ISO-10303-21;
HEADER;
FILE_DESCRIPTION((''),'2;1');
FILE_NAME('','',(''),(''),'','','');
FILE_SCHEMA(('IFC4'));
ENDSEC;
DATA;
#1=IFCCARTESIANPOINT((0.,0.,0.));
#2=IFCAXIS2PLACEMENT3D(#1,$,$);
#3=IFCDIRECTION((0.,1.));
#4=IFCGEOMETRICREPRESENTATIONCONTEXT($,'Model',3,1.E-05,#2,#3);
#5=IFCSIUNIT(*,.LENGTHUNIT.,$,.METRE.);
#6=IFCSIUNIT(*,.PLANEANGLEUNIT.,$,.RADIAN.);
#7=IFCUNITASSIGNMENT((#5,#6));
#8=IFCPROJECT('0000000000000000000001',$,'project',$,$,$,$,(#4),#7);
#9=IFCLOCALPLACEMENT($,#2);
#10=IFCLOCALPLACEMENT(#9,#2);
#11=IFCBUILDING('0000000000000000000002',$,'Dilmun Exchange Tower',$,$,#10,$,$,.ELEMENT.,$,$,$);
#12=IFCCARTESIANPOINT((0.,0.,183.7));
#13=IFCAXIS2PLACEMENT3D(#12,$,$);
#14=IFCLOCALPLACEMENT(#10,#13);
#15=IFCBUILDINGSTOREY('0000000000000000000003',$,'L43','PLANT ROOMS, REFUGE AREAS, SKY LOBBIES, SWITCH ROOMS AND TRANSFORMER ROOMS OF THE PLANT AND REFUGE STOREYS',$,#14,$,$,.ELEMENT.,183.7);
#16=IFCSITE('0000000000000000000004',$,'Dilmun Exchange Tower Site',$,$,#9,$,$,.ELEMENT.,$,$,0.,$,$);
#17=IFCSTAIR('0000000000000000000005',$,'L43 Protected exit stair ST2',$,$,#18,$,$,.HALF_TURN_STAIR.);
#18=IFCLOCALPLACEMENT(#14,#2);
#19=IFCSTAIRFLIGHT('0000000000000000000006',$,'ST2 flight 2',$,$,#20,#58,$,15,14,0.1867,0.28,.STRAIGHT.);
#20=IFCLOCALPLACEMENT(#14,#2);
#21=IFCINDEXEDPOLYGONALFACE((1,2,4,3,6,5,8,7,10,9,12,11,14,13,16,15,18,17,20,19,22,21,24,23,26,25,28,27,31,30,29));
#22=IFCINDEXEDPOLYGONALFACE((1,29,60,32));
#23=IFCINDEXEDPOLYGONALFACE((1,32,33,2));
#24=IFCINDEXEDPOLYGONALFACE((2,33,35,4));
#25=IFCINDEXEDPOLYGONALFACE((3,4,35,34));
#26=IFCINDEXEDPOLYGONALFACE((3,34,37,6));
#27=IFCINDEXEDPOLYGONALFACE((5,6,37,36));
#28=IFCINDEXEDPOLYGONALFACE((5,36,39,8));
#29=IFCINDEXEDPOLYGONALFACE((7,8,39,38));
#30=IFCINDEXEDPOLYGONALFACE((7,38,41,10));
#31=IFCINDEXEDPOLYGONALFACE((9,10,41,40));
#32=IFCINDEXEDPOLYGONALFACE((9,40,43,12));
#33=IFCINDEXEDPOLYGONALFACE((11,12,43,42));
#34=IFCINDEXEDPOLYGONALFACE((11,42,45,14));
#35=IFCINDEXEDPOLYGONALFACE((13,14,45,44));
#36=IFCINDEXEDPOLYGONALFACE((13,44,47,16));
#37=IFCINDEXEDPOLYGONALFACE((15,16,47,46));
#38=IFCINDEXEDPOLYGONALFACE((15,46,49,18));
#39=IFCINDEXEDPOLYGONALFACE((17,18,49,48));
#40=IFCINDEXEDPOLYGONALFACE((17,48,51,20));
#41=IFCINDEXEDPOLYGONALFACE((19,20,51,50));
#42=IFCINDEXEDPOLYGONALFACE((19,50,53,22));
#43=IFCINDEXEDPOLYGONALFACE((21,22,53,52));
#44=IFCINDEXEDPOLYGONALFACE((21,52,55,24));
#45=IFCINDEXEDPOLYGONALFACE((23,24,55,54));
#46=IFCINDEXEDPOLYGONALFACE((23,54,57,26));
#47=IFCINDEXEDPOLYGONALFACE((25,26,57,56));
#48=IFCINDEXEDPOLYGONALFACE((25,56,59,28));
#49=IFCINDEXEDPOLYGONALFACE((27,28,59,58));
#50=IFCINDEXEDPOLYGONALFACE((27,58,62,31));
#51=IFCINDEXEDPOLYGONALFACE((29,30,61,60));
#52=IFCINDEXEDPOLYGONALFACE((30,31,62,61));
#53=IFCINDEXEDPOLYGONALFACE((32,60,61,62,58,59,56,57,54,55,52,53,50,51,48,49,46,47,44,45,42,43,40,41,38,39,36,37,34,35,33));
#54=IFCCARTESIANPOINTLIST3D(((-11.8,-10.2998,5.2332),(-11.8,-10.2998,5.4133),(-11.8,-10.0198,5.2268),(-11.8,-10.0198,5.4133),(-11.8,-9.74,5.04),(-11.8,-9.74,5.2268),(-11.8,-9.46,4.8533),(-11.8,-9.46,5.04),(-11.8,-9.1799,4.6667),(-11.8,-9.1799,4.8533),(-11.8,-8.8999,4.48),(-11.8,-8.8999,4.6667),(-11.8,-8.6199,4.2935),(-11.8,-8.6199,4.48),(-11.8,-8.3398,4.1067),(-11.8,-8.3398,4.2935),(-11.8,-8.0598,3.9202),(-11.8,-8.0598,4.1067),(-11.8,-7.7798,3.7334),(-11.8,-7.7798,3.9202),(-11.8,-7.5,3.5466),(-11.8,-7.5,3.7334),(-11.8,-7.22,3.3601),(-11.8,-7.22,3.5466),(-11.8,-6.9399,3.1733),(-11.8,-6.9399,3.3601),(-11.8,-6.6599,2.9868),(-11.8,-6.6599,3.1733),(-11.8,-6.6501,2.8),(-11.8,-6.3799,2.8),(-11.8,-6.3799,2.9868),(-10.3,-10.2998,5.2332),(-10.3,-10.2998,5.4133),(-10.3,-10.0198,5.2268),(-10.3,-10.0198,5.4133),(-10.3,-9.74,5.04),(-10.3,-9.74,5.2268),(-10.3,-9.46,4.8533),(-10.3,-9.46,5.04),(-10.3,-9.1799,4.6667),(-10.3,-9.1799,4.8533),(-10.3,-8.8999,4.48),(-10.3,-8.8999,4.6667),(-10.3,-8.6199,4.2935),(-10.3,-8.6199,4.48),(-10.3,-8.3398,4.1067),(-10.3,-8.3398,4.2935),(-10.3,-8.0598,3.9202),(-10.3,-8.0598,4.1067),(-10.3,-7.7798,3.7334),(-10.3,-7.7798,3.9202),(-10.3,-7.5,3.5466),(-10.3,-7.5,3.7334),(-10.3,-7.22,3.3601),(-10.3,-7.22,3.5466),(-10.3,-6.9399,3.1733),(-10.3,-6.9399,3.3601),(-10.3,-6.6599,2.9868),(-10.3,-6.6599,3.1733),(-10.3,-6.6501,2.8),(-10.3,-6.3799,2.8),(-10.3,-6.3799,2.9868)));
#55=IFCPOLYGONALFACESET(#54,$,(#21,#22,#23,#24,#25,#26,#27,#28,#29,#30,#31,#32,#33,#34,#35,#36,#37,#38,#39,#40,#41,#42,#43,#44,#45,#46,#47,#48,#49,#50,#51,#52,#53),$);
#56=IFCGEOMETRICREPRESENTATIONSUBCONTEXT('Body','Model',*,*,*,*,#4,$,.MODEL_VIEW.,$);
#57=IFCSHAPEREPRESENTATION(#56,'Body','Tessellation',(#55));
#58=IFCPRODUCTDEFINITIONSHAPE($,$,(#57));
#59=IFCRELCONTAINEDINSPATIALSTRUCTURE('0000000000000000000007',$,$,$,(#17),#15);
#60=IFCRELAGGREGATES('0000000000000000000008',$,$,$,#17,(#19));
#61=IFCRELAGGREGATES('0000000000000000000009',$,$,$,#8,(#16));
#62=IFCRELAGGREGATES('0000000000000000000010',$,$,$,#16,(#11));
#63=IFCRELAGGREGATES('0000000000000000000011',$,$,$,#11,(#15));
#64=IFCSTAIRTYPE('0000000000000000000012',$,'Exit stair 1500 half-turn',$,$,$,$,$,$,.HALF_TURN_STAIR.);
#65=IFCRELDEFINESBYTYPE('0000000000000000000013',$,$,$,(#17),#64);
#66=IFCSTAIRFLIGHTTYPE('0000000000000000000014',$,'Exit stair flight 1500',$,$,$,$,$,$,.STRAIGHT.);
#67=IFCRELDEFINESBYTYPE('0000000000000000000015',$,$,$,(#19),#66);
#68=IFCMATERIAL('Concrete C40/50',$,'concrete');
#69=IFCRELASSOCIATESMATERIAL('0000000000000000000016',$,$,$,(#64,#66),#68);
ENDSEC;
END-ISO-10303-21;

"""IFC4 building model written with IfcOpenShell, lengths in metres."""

from ifc_helpers import new_model, si_unit, direction, frame, origin, place, context, subcontext, project, spatial, polyline, outline, extrude, material, type_object, element, aggregate, save


model = new_model("IFC4")

# Units and contexts
model_context = context("Model", 3, precision=1e-05, world=origin(), true_north=direction((0.0, 1.0)))
body_context = subcontext(model_context, "Body", "Model", "MODEL_VIEW")
ifc_project = project(units=[si_unit("LENGTHUNIT", "METRE"), si_unit("PLANEANGLEUNIT", "RADIAN")], contexts=[model_context])

# Site, building, storey
site_placement = place(None, origin())
site = spatial("IfcSite", under=ifc_project, at=site_placement, Name="Dilmun Exchange Tower Site", CompositionType="ELEMENT", RefElevation=0.0)
building_placement = place(site_placement, origin())
building = spatial("IfcBuilding", under=site, at=building_placement, Name="Dilmun Exchange Tower", CompositionType="ELEMENT")
storey_placement = place(building_placement, frame((0.0, 0.0, 183.7)))
storey = spatial("IfcBuildingStorey", under=building, at=storey_placement, Name="L43", Description="PLANT ROOMS, REFUGE AREAS, SKY LOBBIES, SWITCH ROOMS AND TRANSFORMER ROOMS OF THE PLANT AND REFUGE STOREYS", CompositionType="ELEMENT", Elevation=183.7)

# Stair, stair flight
ifc_material_1 = material(Name="Concrete C40/50", Category="concrete")
stair_type = type_object("IfcStairType", Name="Exit stair 1500 half-turn", PredefinedType="HALF_TURN_STAIR", material=ifc_material_1)
stair_placement = place(storey_placement, origin())
stair = element("IfcStair", 1, at=stair_placement, inside=storey, type_object=stair_type, Name="L43 Protected exit stair ST2", PredefinedType="HALF_TURN_STAIR")
stair_flight_type = type_object("IfcStairFlightType", Name="Exit stair flight 1500", PredefinedType="STRAIGHT", material=ifc_material_1)
stair_flight_placement = place(storey_placement, frame((-11.05, -6.3799, 2.8), z_axis=(0.0, 0.0, 1.0), x_axis=(0.0, -1.0, 0.0)))
stair_flight = element("IfcStairFlight", 2, at=stair_flight_placement, type_object=stair_flight_type, Name="ST2 flight 2", NumberOfRisers=15, NumberOfTreads=14, PredefinedType="STRAIGHT", RiserHeight=0.1867, TreadLength=0.28, context=body_context, shape_type="SweptSolid", body=[
    extrude(outline(polyline([(0.0, 0.0), (0.0, 0.1868), (0.28, 0.1868), (0.28, 0.3733), (0.5601, 0.3733), (0.5601, 0.5601), (0.8401, 0.5601), (0.8401, 0.7466), (1.1201, 0.7466), (1.1201, 0.9333), (1.3999, 0.9333), (1.3999, 1.1201), (1.6799, 1.1201), (1.6799, 1.3066), (1.96, 1.3066), (1.96, 1.4934), (2.24, 1.4934), (2.24, 1.6799), (2.52, 1.6799), (2.52, 1.8667), (2.8, 1.8667), (2.8, 2.0532), (3.0801, 2.0532), (3.0801, 2.24), (3.3601, 2.24), (3.3601, 2.4268), (3.6399, 2.4268), (3.6399, 2.6133), (3.9199, 2.6133), (3.9199, 2.8), (3.9199, 2.4331), (0.2703, 0.0), (0.0, 0.0)])), frame((0.0, 0.75, 0.0), z_axis=(0.0, -1.0, 0.0), x_axis=(1.0, 0.0, 0.0)), (0.0, 0.0, 1.0), 1.5),
])
aggregate(stair, [stair_flight])

save(model, "model.ifc")
